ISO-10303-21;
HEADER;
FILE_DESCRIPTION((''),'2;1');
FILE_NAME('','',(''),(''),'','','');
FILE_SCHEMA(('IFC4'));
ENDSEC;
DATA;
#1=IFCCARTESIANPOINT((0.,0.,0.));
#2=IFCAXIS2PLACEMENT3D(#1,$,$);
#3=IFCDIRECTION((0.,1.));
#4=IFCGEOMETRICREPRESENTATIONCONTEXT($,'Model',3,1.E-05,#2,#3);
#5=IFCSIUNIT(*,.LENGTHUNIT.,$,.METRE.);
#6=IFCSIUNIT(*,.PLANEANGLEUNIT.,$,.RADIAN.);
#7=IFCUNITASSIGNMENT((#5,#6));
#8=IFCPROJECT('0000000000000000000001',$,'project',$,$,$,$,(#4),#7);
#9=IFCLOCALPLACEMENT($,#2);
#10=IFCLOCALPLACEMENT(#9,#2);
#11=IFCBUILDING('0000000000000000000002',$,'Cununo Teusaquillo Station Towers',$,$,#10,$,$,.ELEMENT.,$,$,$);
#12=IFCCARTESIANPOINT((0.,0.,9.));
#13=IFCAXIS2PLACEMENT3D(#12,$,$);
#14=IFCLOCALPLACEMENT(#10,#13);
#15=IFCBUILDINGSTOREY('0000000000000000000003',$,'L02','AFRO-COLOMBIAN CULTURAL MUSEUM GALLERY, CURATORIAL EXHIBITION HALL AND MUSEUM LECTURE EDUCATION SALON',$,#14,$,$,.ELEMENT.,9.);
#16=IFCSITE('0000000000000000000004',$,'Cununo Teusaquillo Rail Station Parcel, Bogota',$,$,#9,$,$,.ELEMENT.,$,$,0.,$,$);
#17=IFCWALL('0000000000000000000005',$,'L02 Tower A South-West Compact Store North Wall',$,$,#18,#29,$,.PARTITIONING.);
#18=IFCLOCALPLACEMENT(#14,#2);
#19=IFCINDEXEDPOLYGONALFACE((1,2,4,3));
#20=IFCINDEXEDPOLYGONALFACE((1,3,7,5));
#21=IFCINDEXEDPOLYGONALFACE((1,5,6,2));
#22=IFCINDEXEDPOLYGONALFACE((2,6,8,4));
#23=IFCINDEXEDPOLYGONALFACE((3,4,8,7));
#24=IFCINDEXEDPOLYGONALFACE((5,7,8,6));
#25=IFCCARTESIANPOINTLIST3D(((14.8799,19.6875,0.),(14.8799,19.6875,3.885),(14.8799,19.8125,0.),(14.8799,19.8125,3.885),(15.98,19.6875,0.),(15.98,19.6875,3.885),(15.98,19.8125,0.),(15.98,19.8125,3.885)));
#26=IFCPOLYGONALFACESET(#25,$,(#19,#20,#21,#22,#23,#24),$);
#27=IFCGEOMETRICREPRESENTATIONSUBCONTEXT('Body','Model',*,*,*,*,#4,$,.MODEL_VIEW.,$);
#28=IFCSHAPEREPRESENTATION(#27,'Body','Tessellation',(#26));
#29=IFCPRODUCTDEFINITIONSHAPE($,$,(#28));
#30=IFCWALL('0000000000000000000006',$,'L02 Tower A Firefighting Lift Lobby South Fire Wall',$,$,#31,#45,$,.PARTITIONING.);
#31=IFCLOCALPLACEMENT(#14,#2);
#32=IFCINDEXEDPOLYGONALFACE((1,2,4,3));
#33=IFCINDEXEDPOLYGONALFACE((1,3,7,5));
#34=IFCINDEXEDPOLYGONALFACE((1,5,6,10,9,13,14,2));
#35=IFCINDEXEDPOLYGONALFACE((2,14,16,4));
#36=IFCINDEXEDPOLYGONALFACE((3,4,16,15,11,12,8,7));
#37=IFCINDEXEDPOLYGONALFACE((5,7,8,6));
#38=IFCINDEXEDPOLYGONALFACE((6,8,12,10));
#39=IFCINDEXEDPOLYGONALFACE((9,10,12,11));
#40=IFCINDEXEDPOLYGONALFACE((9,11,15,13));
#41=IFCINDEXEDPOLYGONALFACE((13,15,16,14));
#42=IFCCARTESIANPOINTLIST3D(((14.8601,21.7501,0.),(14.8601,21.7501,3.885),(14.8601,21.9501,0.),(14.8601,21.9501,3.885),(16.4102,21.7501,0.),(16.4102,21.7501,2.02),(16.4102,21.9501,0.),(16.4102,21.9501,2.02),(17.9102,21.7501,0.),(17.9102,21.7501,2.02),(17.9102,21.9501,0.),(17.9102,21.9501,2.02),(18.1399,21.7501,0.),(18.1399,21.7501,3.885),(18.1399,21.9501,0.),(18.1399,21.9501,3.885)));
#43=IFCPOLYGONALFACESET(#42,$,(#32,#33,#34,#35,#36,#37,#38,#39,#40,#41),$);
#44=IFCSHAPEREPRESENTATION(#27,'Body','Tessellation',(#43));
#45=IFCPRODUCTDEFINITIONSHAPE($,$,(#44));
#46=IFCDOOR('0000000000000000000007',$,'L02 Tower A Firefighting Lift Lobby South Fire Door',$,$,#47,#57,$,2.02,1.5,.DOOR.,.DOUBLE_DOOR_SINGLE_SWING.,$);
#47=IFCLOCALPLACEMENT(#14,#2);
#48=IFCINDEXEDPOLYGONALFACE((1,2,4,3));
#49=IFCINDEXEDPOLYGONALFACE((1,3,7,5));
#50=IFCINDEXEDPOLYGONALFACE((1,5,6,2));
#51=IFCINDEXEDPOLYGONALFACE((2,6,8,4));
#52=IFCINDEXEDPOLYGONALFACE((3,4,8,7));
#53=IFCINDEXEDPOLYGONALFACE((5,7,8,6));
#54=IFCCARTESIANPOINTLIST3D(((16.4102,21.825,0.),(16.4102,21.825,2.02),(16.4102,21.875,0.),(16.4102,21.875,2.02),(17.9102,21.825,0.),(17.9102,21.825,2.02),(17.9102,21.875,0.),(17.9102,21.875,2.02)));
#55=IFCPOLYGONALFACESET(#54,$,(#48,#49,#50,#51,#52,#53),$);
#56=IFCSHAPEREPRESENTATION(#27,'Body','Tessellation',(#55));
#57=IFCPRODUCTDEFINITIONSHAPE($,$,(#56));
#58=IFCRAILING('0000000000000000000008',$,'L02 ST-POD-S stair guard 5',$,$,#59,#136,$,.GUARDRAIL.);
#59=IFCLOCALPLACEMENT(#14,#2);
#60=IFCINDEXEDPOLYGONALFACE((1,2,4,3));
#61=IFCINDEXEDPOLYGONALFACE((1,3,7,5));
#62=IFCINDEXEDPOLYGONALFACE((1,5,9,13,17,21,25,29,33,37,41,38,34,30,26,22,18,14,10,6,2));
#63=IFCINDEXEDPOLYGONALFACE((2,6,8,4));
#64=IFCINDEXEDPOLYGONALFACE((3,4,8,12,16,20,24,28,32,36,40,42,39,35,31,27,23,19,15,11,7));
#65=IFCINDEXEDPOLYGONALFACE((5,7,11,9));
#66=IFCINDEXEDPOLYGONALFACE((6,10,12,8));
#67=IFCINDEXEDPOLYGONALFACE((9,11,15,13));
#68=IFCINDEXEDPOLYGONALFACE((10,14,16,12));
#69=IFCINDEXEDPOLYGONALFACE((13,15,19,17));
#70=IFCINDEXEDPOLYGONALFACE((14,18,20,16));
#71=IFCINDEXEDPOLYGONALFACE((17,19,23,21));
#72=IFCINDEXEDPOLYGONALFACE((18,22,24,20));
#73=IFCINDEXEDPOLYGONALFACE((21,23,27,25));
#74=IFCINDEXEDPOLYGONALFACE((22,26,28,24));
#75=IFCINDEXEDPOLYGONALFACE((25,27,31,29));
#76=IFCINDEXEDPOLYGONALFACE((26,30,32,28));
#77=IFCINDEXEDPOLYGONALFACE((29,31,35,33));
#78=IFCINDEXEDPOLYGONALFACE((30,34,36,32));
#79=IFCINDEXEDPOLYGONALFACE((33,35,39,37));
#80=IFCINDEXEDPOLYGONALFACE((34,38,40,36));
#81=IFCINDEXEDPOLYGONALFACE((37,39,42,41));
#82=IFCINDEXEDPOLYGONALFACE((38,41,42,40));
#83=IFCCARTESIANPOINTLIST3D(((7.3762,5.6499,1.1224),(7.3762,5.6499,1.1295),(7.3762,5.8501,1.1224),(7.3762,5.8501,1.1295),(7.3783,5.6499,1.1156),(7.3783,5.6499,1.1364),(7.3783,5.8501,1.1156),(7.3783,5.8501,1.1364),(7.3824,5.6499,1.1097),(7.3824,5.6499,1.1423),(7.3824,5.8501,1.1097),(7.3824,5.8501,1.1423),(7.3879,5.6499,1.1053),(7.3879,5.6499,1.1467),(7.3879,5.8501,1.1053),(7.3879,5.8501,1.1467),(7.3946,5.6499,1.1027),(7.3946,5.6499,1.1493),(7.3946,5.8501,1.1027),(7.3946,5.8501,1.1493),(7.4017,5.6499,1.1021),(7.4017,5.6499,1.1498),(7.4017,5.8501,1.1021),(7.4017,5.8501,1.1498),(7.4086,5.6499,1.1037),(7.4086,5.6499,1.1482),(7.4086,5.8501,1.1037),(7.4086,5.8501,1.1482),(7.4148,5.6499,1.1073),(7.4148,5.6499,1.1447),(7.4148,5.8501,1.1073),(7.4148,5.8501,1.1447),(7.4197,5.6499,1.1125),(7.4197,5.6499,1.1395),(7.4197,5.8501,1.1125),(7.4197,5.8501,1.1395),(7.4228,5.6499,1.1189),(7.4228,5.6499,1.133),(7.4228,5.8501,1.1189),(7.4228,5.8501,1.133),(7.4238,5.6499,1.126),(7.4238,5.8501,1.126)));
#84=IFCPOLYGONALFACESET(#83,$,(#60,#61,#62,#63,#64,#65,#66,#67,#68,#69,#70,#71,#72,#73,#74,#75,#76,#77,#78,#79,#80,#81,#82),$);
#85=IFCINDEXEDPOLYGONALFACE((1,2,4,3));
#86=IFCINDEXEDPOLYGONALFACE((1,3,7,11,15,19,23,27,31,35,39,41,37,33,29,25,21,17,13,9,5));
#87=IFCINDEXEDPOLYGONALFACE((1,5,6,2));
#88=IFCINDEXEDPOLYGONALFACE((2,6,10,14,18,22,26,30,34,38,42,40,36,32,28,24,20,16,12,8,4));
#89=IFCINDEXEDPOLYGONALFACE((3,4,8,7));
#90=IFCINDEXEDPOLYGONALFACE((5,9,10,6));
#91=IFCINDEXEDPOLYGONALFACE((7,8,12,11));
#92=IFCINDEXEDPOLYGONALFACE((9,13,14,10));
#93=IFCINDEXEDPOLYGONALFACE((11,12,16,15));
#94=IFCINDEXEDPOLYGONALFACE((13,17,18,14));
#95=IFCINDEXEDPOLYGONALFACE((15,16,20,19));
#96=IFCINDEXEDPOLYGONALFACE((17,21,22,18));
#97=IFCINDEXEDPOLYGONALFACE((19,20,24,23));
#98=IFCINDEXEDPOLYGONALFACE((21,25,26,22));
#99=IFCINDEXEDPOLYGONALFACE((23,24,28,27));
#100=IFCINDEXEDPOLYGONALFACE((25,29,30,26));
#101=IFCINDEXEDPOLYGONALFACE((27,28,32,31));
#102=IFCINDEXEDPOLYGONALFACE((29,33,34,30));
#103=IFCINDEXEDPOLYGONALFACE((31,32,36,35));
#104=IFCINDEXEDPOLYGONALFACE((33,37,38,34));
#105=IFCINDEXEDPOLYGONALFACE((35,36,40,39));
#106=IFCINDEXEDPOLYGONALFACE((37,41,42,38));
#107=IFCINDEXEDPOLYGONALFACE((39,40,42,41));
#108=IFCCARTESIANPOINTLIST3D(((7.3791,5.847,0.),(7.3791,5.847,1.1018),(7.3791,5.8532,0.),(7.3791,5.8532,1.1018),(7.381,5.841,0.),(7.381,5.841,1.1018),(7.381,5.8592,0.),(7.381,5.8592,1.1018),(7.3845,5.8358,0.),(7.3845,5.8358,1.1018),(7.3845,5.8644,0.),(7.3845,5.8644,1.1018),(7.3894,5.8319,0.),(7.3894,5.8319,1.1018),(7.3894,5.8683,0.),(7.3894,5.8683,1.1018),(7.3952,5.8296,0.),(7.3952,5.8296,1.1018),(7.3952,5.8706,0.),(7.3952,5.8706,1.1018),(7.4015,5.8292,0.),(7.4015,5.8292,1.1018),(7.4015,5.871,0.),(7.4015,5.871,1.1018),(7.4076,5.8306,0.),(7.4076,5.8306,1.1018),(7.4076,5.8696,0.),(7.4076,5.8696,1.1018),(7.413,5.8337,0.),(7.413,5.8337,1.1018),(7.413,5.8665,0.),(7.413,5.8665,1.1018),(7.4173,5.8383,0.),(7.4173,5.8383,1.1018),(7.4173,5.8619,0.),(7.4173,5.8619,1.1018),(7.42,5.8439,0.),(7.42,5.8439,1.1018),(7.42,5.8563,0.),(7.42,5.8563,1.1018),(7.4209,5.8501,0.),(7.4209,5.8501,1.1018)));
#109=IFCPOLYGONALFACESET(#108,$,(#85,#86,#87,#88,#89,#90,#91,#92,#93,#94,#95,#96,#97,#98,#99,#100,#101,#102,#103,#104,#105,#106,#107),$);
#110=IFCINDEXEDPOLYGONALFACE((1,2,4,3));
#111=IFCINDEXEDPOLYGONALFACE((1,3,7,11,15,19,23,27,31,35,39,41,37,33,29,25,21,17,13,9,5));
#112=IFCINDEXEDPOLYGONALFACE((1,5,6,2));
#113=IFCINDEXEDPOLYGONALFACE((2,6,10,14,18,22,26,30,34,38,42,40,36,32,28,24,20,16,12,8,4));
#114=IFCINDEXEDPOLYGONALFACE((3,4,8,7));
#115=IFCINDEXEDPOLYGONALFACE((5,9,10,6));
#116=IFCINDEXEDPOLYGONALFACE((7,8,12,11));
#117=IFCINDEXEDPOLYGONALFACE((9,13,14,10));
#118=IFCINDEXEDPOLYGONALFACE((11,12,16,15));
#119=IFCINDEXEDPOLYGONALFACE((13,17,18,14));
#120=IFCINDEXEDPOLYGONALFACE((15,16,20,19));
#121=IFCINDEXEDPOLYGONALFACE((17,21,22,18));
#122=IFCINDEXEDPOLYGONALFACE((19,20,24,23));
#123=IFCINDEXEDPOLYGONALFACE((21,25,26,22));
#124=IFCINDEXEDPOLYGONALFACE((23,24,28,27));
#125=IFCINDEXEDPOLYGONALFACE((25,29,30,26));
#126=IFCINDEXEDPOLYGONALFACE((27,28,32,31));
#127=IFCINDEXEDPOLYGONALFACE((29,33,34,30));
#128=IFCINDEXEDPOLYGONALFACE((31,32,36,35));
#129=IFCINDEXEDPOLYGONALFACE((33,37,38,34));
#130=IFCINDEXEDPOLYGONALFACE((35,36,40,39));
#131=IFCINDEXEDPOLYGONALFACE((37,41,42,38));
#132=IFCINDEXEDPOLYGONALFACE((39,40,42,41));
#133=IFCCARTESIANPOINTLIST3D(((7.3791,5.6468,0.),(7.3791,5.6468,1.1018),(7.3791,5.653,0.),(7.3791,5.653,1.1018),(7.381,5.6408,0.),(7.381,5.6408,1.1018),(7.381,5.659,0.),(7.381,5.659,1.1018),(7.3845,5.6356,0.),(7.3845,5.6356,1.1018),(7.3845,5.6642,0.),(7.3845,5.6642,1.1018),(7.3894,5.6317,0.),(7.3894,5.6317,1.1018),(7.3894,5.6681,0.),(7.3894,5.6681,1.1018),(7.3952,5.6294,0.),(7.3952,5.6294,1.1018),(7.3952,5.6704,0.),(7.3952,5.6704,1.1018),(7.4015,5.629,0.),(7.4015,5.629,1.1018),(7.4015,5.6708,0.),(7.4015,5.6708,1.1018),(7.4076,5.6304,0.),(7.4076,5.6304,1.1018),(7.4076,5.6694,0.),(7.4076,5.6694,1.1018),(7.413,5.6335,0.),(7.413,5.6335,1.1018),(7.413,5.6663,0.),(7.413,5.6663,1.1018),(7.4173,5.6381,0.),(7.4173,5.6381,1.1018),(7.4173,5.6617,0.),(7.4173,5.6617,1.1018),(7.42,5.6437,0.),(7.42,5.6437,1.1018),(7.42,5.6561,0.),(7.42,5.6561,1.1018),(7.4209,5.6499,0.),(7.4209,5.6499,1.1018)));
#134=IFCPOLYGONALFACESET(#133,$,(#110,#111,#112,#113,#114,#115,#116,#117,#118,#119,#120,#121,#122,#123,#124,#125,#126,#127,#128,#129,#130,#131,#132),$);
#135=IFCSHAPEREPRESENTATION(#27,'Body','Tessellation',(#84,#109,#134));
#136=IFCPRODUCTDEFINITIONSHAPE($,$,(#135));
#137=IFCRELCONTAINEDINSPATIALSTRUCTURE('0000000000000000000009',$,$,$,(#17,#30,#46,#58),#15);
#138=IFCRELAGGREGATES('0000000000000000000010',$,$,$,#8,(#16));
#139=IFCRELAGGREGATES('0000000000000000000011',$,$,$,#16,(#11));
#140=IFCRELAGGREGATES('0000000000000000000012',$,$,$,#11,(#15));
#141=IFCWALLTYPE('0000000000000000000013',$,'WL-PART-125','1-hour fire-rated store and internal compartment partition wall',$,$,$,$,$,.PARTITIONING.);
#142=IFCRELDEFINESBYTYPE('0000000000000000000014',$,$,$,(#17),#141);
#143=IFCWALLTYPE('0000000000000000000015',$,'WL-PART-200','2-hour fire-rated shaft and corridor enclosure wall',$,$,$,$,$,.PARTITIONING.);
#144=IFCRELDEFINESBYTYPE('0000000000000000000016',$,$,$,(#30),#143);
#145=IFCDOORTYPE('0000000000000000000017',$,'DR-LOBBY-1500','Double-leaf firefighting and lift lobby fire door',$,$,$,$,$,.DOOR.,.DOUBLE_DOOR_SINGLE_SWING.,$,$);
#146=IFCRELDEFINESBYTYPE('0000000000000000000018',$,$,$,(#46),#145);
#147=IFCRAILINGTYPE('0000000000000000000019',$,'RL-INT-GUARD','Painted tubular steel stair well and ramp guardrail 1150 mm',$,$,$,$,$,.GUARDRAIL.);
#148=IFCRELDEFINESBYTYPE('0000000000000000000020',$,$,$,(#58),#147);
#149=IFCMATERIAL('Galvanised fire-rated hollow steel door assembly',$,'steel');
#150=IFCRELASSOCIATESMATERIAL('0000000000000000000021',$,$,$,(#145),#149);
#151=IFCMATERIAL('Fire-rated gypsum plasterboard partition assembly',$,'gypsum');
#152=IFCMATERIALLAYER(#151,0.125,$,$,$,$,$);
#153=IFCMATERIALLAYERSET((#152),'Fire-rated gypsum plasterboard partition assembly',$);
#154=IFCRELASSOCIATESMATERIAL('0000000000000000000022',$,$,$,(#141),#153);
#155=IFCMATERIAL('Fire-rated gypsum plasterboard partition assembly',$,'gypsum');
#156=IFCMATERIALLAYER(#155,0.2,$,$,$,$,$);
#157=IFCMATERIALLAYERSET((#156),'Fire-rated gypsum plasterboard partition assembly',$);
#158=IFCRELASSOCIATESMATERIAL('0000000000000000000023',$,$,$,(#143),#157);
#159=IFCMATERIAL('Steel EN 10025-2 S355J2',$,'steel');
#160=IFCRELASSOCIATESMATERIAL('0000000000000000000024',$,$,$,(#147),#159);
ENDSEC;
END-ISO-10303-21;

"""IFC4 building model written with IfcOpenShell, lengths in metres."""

from ifc_helpers import new_model, si_unit, direction, frame, frame_2d, origin, origin_2d, place, context, subcontext, project, spatial, rectangle, circle, extrude, source, transform, mapped, material, layer, layer_set, type_object, element, fill, save


model = new_model("IFC4")

# Units and contexts
model_context = context("Model", 3, precision=1e-05, world=origin(), true_north=direction((0.0, 1.0)))
body_context = subcontext(model_context, "Body", "Model", "MODEL_VIEW")
ifc_project = project(units=[si_unit("LENGTHUNIT", "METRE"), si_unit("PLANEANGLEUNIT", "RADIAN")], contexts=[model_context])

# Site, building, storey
site_placement = place(None, origin())
site = spatial("IfcSite", under=ifc_project, at=site_placement, Name="Cununo Teusaquillo Rail Station Parcel, Bogota", CompositionType="ELEMENT", RefElevation=0.0)
building_placement = place(site_placement, origin())
building = spatial("IfcBuilding", under=site, at=building_placement, Name="Cununo Teusaquillo Station Towers", CompositionType="ELEMENT")
storey_placement = place(building_placement, frame((0.0, 0.0, 9.0)))
storey = spatial("IfcBuildingStorey", under=building, at=storey_placement, Name="L02", Description="AFRO-COLOMBIAN CULTURAL MUSEUM GALLERY, CURATORIAL EXHIBITION HALL AND MUSEUM LECTURE EDUCATION SALON", CompositionType="ELEMENT", Elevation=9.0)

# Shared definitions
ifc_material_1 = material(Name="Galvanised fire-rated hollow steel door assembly", Category="steel")
door_type_1 = type_object("IfcDoorType", Name="DR-LOBBY-1500", Description="Double-leaf firefighting and lift lobby fire door", OperationType="DOUBLE_DOOR_SINGLE_SWING", PredefinedType="DOOR", material=ifc_material_1)
shared_shape_1 = source(origin(), body_context, "Body", "SweptSolid", [
    extrude(rectangle(XDim=1.5, YDim=2.02, at=frame_2d((0.75, 1.01))), frame((0.0, 0.0249, 0.0), z_axis=(0.0, -1.0, 0.0), x_axis=(1.0, 0.0, 0.0)), (0.0, 0.0, 1.0), 0.05),
])
ifc_material_2 = material(Name="Fire-rated gypsum plasterboard partition assembly", Category="gypsum")
ifc_layer_1 = layer(ifc_material_2, 0.125)
ifc_layer_set_1 = layer_set([ifc_layer_1], Name="Fire-rated gypsum plasterboard partition assembly")
wall_type_1 = type_object("IfcWallType", Name="WL-PART-125", Description="1-hour fire-rated store and internal compartment partition wall", PredefinedType="PARTITIONING", material=ifc_layer_set_1)

# Wall
wall_1_placement = place(storey_placement, frame((14.8799, 19.75, 0.0), z_axis=(0.0, 0.0, 1.0), x_axis=(1.0, 0.0, 0.0)))
element("IfcWall", 1, at=wall_1_placement, inside=storey, type_object=wall_type_1, Name="L02 Tower A South-West Compact Store North Wall", PredefinedType="PARTITIONING", context=body_context, shape_type="SweptSolid", body=[
    extrude(rectangle(XDim=1.1001, YDim=0.125, at=frame_2d((0.55, 0.0))), origin(), (0.0, 0.0, 1.0), 3.885),
])

# Wall, opening, door
ifc_material_3 = material(Name="Fire-rated gypsum plasterboard partition assembly", Category="gypsum")
ifc_layer_2 = layer(ifc_material_3, 0.2)
ifc_layer_set_2 = layer_set([ifc_layer_2], Name="Fire-rated gypsum plasterboard partition assembly")
wall_type_2 = type_object("IfcWallType", Name="WL-PART-200", Description="2-hour fire-rated shaft and corridor enclosure wall", PredefinedType="PARTITIONING", material=ifc_layer_set_2)
wall_2_placement = place(storey_placement, frame((14.8601, 21.8501, 0.0), z_axis=(0.0, 0.0, 1.0), x_axis=(1.0, 0.0, 0.0)))
wall_2 = element("IfcWall", 2, at=wall_2_placement, inside=storey, type_object=wall_type_2, Name="L02 Tower A Firefighting Lift Lobby South Fire Wall", PredefinedType="PARTITIONING", context=body_context, shape_type="SweptSolid", body=[
    extrude(rectangle(XDim=3.2798, YDim=0.2, at=frame_2d((1.6399, 0.0))), origin(), (0.0, 0.0, 1.0), 3.885),
])
shared_shape_2 = source(origin(), body_context, "Body", "SweptSolid", [
    extrude(rectangle(XDim=1.5, YDim=2.02, at=frame_2d((0.75, 1.01))), frame((0.0, 0.1099, 0.0), z_axis=(0.0, -1.0, 0.0), x_axis=(1.0, 0.0, 0.0)), (0.0, 0.0, 1.0), 0.22),
])
opening_1_placement = place(wall_2_placement, frame((1.55, 0.0, 0.0)))
opening_1 = element("IfcOpeningElement", 3, at=opening_1_placement, cuts=wall_2, PredefinedType="OPENING", context=body_context, shape_type="MappedRepresentation", body=[
    mapped(shared_shape_2, transform((0.0, 0.0, 0.0), x_axis=(1.0, 0.0, 0.0), y_axis=(0.0, 1.0, 0.0), z_axis=(0.0, 0.0, 1.0), scale=1.0)),
])
door_1_placement = place(opening_1_placement, origin())
door_1 = element("IfcDoor", 4, at=door_1_placement, inside=storey, type_object=door_type_1, Name="L02 Tower A Firefighting Lift Lobby South Fire Door", OperationType="DOUBLE_DOOR_SINGLE_SWING", OverallHeight=2.02, OverallWidth=1.5, PredefinedType="DOOR", context=body_context, shape_type="MappedRepresentation", body=[
    mapped(shared_shape_1, transform((0.0, 0.0, 0.0), x_axis=(1.0, 0.0, 0.0), y_axis=(0.0, 1.0, 0.0), z_axis=(0.0, 0.0, 1.0), scale=1.0)),
])
fill(opening_1, door_1)

# Railing
ifc_material_4 = material(Name="Steel EN 10025-2 S355J2", Category="steel")
railing_type_1 = type_object("IfcRailingType", Name="RL-INT-GUARD", Description="Painted tubular steel stair well and ramp guardrail 1150 mm", PredefinedType="GUARDRAIL", material=ifc_material_4)
railing_1_placement = place(storey_placement, frame((7.3999, 5.8501, 0.0)))
element("IfcRailing", 5, at=railing_1_placement, inside=storey, type_object=railing_type_1, Name="L02 ST-POD-S stair guard 5", PredefinedType="GUARDRAIL", context=body_context, shape_type="SweptSolid", body=[
    extrude(circle(Radius=0.0239, at=origin_2d()), frame((0.0, 0.0, 1.126), z_axis=(0.0, -1.0, 0.0), x_axis=(1.0, 0.0, 0.0)), (0.0, 0.0, 1.0), 0.2002),
    extrude(circle(Radius=0.021, at=origin_2d()), origin(), (0.0, 0.0, 1.0), 1.1018),
    extrude(circle(Radius=0.021, at=origin_2d()), frame((0.0, -0.2002, 0.0)), (0.0, 0.0, 1.0), 1.1018),
])

save(model, "model.ifc")
